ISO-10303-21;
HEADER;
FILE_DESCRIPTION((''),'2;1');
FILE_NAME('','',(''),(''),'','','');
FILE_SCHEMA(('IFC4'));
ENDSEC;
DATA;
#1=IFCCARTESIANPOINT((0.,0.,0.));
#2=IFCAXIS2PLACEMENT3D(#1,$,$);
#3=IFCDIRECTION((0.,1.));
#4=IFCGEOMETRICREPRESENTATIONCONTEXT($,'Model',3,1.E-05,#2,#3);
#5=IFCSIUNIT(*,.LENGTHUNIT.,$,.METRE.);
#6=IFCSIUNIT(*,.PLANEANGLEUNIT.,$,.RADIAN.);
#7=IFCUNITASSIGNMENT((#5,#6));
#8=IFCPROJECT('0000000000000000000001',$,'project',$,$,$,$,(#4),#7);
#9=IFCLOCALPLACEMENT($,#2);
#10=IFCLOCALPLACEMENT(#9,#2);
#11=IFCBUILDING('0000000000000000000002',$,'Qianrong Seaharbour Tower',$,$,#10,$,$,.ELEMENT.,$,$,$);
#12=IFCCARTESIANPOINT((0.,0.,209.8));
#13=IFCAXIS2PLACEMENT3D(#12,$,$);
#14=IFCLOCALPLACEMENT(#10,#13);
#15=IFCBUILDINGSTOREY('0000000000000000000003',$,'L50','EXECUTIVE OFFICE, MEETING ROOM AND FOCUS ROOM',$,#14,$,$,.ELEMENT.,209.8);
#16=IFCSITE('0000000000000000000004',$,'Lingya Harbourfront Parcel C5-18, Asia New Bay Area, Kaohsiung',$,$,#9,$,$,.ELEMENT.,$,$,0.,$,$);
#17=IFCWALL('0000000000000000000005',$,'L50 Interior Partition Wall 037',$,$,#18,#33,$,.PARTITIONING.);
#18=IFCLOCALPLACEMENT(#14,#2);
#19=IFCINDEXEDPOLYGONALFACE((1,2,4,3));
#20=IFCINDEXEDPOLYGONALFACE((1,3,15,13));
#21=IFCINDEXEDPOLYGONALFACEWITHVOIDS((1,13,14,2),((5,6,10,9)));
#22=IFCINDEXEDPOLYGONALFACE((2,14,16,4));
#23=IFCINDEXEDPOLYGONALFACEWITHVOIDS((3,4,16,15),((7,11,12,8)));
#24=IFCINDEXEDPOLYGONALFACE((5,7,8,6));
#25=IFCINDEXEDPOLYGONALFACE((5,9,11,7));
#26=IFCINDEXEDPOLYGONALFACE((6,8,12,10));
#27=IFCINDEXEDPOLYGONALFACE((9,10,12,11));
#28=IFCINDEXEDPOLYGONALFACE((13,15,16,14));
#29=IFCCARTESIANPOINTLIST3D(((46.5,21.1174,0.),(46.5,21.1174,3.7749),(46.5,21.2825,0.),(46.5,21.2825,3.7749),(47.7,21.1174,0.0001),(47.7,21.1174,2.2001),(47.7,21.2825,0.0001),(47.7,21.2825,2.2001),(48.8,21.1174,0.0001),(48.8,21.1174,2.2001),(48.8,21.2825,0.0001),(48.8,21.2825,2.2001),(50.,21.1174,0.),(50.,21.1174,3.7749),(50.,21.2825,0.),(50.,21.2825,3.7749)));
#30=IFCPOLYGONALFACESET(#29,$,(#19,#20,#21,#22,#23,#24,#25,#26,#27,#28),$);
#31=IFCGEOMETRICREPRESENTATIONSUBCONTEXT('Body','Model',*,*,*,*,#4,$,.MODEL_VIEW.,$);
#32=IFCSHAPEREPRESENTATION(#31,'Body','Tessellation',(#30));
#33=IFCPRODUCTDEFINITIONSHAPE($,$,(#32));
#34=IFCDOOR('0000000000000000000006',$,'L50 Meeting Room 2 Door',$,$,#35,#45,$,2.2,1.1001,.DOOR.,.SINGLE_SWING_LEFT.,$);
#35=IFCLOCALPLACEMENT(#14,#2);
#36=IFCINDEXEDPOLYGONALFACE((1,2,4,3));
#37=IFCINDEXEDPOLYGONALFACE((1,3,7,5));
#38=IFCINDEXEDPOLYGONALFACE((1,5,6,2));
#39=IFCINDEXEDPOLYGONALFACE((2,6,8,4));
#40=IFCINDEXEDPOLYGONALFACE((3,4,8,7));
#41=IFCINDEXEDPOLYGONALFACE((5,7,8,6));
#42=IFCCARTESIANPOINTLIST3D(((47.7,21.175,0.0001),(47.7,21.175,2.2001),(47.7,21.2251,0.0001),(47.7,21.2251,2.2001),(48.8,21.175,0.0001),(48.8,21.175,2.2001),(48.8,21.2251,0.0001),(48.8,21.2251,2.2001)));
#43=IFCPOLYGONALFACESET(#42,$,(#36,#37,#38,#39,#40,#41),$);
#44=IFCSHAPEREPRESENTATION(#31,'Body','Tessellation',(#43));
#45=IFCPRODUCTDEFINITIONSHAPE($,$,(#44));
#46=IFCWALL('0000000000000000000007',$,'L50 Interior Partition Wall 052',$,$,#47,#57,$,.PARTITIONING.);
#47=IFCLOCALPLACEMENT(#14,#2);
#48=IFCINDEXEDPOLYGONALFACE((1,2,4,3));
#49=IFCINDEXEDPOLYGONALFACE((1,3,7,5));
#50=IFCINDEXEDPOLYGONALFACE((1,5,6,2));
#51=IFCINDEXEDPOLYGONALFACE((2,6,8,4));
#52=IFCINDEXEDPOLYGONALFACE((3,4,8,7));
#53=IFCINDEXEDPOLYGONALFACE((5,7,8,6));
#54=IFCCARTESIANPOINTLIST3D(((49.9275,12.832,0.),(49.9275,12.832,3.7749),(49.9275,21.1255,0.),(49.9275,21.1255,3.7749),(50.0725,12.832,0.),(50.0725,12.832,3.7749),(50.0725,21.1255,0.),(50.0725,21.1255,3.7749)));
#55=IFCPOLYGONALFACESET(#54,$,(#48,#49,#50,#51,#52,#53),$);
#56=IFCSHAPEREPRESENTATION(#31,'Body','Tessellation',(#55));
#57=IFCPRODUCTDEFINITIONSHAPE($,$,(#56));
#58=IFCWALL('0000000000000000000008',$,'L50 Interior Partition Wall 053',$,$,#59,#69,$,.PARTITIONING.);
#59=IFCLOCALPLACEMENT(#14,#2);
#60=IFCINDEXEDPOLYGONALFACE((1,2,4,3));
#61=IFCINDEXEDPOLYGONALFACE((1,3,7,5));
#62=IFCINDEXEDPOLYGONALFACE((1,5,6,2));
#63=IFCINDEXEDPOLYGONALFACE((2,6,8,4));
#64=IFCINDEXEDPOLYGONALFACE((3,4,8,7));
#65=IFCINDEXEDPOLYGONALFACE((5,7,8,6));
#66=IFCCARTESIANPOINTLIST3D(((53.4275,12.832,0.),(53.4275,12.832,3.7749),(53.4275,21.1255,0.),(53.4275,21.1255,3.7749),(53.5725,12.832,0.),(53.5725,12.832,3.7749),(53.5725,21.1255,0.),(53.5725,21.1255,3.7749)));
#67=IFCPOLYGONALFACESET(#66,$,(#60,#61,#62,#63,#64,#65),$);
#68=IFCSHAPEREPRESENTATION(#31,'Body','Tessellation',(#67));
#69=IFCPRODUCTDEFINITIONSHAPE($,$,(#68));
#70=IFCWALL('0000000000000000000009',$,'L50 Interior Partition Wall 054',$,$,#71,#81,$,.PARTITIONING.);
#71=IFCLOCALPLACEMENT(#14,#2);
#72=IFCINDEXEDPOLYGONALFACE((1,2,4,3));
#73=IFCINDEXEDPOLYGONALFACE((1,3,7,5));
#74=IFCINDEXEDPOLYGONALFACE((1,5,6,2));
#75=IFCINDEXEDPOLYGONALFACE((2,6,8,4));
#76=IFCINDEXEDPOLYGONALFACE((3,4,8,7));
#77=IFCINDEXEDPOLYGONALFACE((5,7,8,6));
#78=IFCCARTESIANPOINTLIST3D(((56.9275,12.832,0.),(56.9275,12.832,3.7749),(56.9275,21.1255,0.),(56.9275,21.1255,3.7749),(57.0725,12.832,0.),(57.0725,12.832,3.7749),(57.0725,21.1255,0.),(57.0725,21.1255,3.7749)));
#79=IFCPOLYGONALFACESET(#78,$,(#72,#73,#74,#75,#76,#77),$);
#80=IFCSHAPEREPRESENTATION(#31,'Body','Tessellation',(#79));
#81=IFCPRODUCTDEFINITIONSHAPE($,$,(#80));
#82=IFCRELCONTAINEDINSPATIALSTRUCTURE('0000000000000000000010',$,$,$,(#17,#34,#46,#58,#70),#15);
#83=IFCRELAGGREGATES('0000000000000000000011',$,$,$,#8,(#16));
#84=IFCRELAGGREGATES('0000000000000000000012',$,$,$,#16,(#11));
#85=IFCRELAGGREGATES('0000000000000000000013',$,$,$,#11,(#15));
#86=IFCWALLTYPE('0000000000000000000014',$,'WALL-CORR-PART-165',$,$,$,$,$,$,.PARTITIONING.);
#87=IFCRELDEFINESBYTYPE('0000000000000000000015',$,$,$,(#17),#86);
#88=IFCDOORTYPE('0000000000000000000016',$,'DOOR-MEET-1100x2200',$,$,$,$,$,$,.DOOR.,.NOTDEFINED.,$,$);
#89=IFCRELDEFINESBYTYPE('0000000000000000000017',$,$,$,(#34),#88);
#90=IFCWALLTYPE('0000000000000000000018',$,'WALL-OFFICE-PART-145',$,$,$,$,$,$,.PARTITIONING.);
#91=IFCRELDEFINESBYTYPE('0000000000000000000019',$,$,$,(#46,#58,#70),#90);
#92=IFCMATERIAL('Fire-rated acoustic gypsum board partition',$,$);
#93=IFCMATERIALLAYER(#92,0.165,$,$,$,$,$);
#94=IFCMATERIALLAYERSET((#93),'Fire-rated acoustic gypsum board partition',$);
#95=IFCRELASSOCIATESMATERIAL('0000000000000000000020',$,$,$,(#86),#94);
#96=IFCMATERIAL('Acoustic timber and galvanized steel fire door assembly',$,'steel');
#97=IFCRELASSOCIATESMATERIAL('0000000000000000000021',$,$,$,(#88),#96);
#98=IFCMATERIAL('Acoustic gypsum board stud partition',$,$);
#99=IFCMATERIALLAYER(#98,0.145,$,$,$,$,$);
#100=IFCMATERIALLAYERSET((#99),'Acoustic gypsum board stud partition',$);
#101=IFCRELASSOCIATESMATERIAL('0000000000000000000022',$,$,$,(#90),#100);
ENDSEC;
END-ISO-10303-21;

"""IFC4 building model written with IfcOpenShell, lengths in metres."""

from ifc_helpers import new_model, si_unit, direction, frame, frame_2d, origin, place, context, subcontext, project, spatial, rectangle, extrude, material, layer, layer_set, type_object, element, fill, save


model = new_model("IFC4")

# Units and contexts
model_context = context("Model", 3, precision=1e-05, world=origin(), true_north=direction((0.0, 1.0)))
body_context = subcontext(model_context, "Body", "Model", "MODEL_VIEW")
ifc_project = project(units=[si_unit("LENGTHUNIT", "METRE"), si_unit("PLANEANGLEUNIT", "RADIAN")], contexts=[model_context])

# Site, building, storey
site_placement = place(None, origin())
site = spatial("IfcSite", under=ifc_project, at=site_placement, Name="Lingya Harbourfront Parcel C5-18, Asia New Bay Area, Kaohsiung", CompositionType="ELEMENT", RefElevation=0.0)
building_placement = place(site_placement, origin())
building = spatial("IfcBuilding", under=site, at=building_placement, Name="Qianrong Seaharbour Tower", CompositionType="ELEMENT")
storey_placement = place(building_placement, frame((0.0, 0.0, 209.8)))
storey = spatial("IfcBuildingStorey", under=building, at=storey_placement, Name="L50", Description="EXECUTIVE OFFICE, MEETING ROOM AND FOCUS ROOM", CompositionType="ELEMENT", Elevation=209.8)

# Wall, opening, door
ifc_material_1 = material(Name="Fire-rated acoustic gypsum board partition")
ifc_layer_1 = layer(ifc_material_1, 0.165)
ifc_layer_set_1 = layer_set([ifc_layer_1], Name="Fire-rated acoustic gypsum board partition")
wall_type_1 = type_object("IfcWallType", Name="WALL-CORR-PART-165", PredefinedType="PARTITIONING", material=ifc_layer_set_1)
wall_1_placement = place(storey_placement, frame((50.0, 21.2, 0.0), z_axis=(0.0, 0.0, 1.0), x_axis=(-1.0, 0.0, 0.0)))
wall_1 = element("IfcWall", 1, at=wall_1_placement, inside=storey, type_object=wall_type_1, Name="L50 Interior Partition Wall 037", PredefinedType="PARTITIONING", context=body_context, shape_type="SweptSolid", body=[
    extrude(rectangle(XDim=3.5, YDim=0.165, at=frame_2d((1.75, 0.0))), origin(), (0.0, 0.0, 1.0), 3.7749),
])
opening_1_placement = place(wall_1_placement, frame((1.2, 0.0, 0.0)))
opening_1 = element("IfcOpeningElement", 2, at=opening_1_placement, cuts=wall_1, PredefinedType="OPENING", context=body_context, shape_type="SweptSolid", body=[
    extrude(rectangle(XDim=1.1001, YDim=2.2, at=frame_2d((0.55, 1.1001))), frame((0.0, 0.0925, 0.0), z_axis=(0.0, -1.0, 0.0), x_axis=(1.0, 0.0, 0.0)), (0.0, 0.0, 1.0), 0.1851),
])
ifc_material_2 = material(Name="Acoustic timber and galvanized steel fire door assembly", Category="steel")
door_type_1 = type_object("IfcDoorType", Name="DOOR-MEET-1100x2200", OperationType="NOTDEFINED", PredefinedType="DOOR", material=ifc_material_2)
door_1_placement = place(opening_1_placement, origin())
door_1 = element("IfcDoor", 3, at=door_1_placement, inside=storey, type_object=door_type_1, Name="L50 Meeting Room 2 Door", OperationType="SINGLE_SWING_LEFT", OverallHeight=2.2, OverallWidth=1.1001, PredefinedType="DOOR", context=body_context, shape_type="SweptSolid", body=[
    extrude(rectangle(XDim=1.1001, YDim=2.2, at=frame_2d((0.55, 1.1001))), frame((0.0, 0.0249, 0.0), z_axis=(0.0, -1.0, 0.0), x_axis=(1.0, 0.0, 0.0)), (0.0, 0.0, 1.0), 0.05),
])
fill(opening_1, door_1)

# Walls
ifc_material_3 = material(Name="Acoustic gypsum board stud partition")
ifc_layer_2 = layer(ifc_material_3, 0.145)
ifc_layer_set_2 = layer_set([ifc_layer_2], Name="Acoustic gypsum board stud partition")
wall_type_2 = type_object("IfcWallType", Name="WALL-OFFICE-PART-145", PredefinedType="PARTITIONING", material=ifc_layer_set_2)
for number, where, z_axis, x_axis, name in (
    (4, (50.0, 21.1255, 0.0), (0.0, 0.0, 1.0), (0.0, -1.0, 0.0), "L50 Interior Partition Wall 052"),
    (5, (53.5, 21.1255, 0.0), (0.0, 0.0, 1.0), (0.0, -1.0, 0.0), "L50 Interior Partition Wall 053"),
    (6, (57.0, 21.1255, 0.0), (0.0, 0.0, 1.0), (0.0, -1.0, 0.0), "L50 Interior Partition Wall 054"),
):
    element("IfcWall", number, at=place(storey_placement, frame(where, z_axis=z_axis, x_axis=x_axis)), inside=storey, type_object=wall_type_2, Name=name, PredefinedType="PARTITIONING", context=body_context, shape_type="SweptSolid", body=[
        extrude(rectangle(XDim=8.2935, YDim=0.145, at=frame_2d((4.1467, 0.0))), origin(), (0.0, 0.0, 1.0), 3.7749),
    ])

save(model, "model.ifc")
